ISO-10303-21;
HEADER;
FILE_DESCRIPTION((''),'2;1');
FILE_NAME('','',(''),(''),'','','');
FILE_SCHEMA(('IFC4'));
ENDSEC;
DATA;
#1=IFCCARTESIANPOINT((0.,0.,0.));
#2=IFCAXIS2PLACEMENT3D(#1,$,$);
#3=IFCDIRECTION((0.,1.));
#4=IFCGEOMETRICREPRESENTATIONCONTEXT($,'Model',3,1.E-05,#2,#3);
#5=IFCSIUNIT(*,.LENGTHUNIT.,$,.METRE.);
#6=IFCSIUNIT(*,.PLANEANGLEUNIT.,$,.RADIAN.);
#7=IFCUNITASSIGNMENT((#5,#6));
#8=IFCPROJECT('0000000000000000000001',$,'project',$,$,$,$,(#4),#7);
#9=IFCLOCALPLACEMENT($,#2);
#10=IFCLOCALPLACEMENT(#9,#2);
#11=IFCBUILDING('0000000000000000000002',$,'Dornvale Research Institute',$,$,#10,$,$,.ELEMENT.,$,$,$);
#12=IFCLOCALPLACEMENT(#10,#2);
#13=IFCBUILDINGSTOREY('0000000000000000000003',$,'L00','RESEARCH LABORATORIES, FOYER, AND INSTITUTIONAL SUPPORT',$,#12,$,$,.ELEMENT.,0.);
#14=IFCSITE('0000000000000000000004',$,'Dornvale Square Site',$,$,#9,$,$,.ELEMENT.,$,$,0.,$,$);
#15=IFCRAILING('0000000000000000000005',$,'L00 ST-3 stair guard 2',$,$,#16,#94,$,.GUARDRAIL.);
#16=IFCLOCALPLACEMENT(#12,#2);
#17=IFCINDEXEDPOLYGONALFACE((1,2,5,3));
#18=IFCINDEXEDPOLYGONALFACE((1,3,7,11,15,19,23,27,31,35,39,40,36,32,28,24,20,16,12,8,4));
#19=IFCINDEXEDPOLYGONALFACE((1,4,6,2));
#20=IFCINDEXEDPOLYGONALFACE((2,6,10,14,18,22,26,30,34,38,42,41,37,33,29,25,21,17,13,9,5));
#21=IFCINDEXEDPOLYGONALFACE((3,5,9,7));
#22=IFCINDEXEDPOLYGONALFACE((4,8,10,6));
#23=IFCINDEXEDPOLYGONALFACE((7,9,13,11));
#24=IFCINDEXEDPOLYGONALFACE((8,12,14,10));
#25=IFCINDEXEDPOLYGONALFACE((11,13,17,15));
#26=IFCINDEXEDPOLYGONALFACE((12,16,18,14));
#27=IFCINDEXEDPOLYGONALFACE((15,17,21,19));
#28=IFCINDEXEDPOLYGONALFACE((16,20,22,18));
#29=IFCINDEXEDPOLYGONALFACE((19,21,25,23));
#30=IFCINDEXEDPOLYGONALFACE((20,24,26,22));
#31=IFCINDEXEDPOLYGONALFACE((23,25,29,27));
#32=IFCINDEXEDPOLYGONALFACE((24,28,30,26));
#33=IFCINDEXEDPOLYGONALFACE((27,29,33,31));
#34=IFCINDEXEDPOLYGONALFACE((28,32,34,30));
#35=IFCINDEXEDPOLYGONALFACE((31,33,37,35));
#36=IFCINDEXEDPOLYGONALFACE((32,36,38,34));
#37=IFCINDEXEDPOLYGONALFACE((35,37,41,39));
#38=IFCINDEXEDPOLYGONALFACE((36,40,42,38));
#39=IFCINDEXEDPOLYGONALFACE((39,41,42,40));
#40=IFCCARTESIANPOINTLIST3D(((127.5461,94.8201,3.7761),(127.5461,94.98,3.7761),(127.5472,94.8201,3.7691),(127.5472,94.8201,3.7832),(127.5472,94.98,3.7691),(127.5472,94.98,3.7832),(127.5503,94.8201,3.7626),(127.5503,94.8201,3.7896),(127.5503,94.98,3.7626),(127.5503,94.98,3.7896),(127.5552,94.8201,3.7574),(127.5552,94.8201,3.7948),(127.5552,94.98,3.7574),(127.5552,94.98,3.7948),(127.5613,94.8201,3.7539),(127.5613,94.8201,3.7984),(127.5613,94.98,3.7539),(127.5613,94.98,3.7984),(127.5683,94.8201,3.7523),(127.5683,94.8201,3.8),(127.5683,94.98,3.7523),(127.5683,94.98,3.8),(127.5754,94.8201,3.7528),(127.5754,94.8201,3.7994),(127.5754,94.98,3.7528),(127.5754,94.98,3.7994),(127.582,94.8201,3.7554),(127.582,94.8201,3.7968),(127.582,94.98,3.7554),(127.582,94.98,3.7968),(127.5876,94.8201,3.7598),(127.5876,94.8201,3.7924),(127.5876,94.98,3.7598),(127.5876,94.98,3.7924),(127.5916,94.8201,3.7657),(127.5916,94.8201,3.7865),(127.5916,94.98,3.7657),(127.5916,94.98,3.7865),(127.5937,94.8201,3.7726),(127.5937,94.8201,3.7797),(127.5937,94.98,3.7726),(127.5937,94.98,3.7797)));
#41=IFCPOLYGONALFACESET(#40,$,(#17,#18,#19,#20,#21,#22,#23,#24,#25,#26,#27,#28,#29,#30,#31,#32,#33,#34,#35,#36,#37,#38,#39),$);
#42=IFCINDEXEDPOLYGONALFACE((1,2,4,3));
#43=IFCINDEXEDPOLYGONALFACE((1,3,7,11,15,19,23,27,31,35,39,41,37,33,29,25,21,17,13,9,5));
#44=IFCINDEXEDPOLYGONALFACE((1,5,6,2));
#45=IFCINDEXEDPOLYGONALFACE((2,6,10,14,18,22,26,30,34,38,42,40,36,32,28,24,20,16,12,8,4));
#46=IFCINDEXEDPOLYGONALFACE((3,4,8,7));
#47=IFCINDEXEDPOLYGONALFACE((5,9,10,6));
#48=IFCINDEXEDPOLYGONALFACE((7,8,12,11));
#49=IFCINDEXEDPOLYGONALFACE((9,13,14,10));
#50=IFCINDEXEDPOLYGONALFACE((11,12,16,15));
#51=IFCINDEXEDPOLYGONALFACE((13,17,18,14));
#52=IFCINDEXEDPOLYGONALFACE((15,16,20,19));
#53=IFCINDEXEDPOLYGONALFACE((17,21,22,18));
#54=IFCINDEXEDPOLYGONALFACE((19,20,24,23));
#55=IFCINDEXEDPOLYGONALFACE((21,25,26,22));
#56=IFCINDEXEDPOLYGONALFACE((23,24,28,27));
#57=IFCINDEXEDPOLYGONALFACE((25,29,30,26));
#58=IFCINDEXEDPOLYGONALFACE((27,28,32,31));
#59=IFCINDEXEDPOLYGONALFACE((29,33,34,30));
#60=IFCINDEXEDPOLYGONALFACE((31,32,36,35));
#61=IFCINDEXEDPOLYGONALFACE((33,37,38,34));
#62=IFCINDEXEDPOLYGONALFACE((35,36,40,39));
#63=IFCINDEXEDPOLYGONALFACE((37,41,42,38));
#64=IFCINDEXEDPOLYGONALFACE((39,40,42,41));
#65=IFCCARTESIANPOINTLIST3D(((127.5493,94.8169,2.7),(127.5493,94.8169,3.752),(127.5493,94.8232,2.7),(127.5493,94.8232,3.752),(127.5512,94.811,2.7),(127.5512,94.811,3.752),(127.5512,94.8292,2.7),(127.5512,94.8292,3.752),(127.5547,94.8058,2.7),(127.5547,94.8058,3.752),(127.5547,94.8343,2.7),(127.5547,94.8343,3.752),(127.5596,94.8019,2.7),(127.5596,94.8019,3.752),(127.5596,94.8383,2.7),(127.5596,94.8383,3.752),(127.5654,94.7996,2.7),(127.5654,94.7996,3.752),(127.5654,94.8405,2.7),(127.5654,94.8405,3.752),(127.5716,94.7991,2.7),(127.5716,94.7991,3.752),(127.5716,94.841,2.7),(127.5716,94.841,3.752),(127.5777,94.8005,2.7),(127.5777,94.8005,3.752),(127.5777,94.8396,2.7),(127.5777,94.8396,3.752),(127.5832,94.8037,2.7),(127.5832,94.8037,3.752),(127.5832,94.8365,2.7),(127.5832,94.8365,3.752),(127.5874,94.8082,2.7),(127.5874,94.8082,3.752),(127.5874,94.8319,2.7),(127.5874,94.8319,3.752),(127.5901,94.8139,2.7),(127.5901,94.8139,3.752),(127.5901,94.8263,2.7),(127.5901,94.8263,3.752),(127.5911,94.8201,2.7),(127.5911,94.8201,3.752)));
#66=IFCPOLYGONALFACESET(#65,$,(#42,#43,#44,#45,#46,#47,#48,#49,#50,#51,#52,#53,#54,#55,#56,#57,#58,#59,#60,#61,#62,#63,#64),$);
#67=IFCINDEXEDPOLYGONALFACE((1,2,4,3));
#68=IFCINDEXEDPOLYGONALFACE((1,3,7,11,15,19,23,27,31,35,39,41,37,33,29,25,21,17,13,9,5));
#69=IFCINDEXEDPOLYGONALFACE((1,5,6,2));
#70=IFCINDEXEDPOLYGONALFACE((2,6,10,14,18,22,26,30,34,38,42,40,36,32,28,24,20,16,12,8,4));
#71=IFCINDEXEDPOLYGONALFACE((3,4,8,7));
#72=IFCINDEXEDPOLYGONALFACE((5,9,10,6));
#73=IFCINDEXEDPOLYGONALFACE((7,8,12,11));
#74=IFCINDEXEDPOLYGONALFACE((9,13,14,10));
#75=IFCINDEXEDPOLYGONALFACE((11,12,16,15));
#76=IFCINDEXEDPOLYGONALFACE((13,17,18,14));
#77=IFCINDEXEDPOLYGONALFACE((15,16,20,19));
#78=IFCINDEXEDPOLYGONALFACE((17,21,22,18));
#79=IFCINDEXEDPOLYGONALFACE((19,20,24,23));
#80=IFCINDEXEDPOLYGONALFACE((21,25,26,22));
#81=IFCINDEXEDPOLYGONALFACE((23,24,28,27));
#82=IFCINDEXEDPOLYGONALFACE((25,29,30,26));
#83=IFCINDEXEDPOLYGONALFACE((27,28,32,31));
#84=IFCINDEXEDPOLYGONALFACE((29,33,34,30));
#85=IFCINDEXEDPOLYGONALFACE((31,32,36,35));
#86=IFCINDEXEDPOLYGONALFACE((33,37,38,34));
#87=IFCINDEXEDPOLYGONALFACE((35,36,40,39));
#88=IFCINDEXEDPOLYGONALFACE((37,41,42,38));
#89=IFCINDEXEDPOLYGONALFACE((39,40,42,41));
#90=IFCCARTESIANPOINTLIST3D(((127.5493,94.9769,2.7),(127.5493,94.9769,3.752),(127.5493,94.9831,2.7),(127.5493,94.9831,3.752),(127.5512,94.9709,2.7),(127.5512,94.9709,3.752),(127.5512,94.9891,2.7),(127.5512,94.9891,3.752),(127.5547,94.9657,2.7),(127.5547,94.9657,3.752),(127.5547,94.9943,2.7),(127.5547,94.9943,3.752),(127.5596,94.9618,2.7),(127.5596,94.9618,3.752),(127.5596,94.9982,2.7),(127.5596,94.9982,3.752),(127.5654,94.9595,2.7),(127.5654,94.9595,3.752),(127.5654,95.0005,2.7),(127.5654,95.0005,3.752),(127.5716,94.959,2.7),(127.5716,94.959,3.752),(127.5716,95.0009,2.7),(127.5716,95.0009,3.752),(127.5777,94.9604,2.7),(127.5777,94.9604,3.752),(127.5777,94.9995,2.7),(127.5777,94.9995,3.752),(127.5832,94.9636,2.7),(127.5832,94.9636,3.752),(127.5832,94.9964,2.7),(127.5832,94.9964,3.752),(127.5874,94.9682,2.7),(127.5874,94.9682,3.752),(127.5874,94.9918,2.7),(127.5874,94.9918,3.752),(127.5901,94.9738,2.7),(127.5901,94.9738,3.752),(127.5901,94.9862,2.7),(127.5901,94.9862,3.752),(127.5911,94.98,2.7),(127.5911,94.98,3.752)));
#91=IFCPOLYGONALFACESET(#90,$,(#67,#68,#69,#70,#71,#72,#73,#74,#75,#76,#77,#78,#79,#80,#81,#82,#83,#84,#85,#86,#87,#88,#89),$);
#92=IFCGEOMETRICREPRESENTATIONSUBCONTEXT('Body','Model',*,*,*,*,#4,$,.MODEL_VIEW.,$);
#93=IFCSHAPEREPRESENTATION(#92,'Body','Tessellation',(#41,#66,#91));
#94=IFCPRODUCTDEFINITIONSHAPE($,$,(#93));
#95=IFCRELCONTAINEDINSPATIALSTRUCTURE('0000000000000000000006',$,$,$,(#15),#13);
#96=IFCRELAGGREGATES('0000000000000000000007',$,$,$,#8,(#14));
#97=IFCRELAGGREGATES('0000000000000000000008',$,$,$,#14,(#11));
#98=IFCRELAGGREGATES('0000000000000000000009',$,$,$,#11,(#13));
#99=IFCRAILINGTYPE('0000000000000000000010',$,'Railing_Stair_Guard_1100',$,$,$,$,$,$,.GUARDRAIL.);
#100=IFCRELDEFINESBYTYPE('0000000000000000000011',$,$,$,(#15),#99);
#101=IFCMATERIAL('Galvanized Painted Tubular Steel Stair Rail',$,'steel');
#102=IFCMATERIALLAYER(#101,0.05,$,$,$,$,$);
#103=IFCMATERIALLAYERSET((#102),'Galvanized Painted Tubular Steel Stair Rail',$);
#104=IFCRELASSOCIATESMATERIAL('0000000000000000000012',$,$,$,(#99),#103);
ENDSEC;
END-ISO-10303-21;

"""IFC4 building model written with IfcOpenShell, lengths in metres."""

from ifc_helpers import new_model, si_unit, direction, frame, origin, origin_2d, place, context, subcontext, project, spatial, circle, extrude, material, layer, layer_set, type_object, element, save


model = new_model("IFC4")

# Units and contexts
model_context = context("Model", 3, precision=1e-05, world=origin(), true_north=direction((0.0, 1.0)))
body_context = subcontext(model_context, "Body", "Model", "MODEL_VIEW")
ifc_project = project(units=[si_unit("LENGTHUNIT", "METRE"), si_unit("PLANEANGLEUNIT", "RADIAN")], contexts=[model_context])

# Site, building, storey
site_placement = place(None, origin())
site = spatial("IfcSite", under=ifc_project, at=site_placement, Name="Dornvale Square Site", CompositionType="ELEMENT", RefElevation=0.0)
building_placement = place(site_placement, origin())
building = spatial("IfcBuilding", under=site, at=building_placement, Name="Dornvale Research Institute", CompositionType="ELEMENT")
storey_placement = place(building_placement, origin())
storey = spatial("IfcBuildingStorey", under=building, at=storey_placement, Name="L00", Description="RESEARCH LABORATORIES, FOYER, AND INSTITUTIONAL SUPPORT", CompositionType="ELEMENT", Elevation=0.0)

# Railing
ifc_material_1 = material(Name="Galvanized Painted Tubular Steel Stair Rail", Category="steel")
ifc_layer_1 = layer(ifc_material_1, 0.05)
ifc_layer_set_1 = layer_set([ifc_layer_1], Name="Galvanized Painted Tubular Steel Stair Rail")
railing_type = type_object("IfcRailingType", Name="Railing_Stair_Guard_1100", PredefinedType="GUARDRAIL", material=ifc_layer_set_1)
railing_1_placement = place(storey_placement, frame((127.5701, 94.8201, 2.7)))
element("IfcRailing", 1, at=railing_1_placement, inside=storey, type_object=railing_type, Name="L00 ST-3 stair guard 2", PredefinedType="GUARDRAIL", context=body_context, shape_type="SweptSolid", body=[
    extrude(circle(Radius=0.0239, at=origin_2d()), frame((0.0, 0.0, 1.0762), z_axis=(0.0, 1.0, 0.0), x_axis=(-1.0, 0.0, 0.0)), (0.0, 0.0, 1.0), 0.1599),
    extrude(circle(Radius=0.021, at=origin_2d()), origin(), (0.0, 0.0, 1.0), 1.052),
    extrude(circle(Radius=0.021, at=origin_2d()), frame((0.0, 0.1599, 0.0)), (0.0, 0.0, 1.0), 1.052),
])

save(model, "model.ifc")
